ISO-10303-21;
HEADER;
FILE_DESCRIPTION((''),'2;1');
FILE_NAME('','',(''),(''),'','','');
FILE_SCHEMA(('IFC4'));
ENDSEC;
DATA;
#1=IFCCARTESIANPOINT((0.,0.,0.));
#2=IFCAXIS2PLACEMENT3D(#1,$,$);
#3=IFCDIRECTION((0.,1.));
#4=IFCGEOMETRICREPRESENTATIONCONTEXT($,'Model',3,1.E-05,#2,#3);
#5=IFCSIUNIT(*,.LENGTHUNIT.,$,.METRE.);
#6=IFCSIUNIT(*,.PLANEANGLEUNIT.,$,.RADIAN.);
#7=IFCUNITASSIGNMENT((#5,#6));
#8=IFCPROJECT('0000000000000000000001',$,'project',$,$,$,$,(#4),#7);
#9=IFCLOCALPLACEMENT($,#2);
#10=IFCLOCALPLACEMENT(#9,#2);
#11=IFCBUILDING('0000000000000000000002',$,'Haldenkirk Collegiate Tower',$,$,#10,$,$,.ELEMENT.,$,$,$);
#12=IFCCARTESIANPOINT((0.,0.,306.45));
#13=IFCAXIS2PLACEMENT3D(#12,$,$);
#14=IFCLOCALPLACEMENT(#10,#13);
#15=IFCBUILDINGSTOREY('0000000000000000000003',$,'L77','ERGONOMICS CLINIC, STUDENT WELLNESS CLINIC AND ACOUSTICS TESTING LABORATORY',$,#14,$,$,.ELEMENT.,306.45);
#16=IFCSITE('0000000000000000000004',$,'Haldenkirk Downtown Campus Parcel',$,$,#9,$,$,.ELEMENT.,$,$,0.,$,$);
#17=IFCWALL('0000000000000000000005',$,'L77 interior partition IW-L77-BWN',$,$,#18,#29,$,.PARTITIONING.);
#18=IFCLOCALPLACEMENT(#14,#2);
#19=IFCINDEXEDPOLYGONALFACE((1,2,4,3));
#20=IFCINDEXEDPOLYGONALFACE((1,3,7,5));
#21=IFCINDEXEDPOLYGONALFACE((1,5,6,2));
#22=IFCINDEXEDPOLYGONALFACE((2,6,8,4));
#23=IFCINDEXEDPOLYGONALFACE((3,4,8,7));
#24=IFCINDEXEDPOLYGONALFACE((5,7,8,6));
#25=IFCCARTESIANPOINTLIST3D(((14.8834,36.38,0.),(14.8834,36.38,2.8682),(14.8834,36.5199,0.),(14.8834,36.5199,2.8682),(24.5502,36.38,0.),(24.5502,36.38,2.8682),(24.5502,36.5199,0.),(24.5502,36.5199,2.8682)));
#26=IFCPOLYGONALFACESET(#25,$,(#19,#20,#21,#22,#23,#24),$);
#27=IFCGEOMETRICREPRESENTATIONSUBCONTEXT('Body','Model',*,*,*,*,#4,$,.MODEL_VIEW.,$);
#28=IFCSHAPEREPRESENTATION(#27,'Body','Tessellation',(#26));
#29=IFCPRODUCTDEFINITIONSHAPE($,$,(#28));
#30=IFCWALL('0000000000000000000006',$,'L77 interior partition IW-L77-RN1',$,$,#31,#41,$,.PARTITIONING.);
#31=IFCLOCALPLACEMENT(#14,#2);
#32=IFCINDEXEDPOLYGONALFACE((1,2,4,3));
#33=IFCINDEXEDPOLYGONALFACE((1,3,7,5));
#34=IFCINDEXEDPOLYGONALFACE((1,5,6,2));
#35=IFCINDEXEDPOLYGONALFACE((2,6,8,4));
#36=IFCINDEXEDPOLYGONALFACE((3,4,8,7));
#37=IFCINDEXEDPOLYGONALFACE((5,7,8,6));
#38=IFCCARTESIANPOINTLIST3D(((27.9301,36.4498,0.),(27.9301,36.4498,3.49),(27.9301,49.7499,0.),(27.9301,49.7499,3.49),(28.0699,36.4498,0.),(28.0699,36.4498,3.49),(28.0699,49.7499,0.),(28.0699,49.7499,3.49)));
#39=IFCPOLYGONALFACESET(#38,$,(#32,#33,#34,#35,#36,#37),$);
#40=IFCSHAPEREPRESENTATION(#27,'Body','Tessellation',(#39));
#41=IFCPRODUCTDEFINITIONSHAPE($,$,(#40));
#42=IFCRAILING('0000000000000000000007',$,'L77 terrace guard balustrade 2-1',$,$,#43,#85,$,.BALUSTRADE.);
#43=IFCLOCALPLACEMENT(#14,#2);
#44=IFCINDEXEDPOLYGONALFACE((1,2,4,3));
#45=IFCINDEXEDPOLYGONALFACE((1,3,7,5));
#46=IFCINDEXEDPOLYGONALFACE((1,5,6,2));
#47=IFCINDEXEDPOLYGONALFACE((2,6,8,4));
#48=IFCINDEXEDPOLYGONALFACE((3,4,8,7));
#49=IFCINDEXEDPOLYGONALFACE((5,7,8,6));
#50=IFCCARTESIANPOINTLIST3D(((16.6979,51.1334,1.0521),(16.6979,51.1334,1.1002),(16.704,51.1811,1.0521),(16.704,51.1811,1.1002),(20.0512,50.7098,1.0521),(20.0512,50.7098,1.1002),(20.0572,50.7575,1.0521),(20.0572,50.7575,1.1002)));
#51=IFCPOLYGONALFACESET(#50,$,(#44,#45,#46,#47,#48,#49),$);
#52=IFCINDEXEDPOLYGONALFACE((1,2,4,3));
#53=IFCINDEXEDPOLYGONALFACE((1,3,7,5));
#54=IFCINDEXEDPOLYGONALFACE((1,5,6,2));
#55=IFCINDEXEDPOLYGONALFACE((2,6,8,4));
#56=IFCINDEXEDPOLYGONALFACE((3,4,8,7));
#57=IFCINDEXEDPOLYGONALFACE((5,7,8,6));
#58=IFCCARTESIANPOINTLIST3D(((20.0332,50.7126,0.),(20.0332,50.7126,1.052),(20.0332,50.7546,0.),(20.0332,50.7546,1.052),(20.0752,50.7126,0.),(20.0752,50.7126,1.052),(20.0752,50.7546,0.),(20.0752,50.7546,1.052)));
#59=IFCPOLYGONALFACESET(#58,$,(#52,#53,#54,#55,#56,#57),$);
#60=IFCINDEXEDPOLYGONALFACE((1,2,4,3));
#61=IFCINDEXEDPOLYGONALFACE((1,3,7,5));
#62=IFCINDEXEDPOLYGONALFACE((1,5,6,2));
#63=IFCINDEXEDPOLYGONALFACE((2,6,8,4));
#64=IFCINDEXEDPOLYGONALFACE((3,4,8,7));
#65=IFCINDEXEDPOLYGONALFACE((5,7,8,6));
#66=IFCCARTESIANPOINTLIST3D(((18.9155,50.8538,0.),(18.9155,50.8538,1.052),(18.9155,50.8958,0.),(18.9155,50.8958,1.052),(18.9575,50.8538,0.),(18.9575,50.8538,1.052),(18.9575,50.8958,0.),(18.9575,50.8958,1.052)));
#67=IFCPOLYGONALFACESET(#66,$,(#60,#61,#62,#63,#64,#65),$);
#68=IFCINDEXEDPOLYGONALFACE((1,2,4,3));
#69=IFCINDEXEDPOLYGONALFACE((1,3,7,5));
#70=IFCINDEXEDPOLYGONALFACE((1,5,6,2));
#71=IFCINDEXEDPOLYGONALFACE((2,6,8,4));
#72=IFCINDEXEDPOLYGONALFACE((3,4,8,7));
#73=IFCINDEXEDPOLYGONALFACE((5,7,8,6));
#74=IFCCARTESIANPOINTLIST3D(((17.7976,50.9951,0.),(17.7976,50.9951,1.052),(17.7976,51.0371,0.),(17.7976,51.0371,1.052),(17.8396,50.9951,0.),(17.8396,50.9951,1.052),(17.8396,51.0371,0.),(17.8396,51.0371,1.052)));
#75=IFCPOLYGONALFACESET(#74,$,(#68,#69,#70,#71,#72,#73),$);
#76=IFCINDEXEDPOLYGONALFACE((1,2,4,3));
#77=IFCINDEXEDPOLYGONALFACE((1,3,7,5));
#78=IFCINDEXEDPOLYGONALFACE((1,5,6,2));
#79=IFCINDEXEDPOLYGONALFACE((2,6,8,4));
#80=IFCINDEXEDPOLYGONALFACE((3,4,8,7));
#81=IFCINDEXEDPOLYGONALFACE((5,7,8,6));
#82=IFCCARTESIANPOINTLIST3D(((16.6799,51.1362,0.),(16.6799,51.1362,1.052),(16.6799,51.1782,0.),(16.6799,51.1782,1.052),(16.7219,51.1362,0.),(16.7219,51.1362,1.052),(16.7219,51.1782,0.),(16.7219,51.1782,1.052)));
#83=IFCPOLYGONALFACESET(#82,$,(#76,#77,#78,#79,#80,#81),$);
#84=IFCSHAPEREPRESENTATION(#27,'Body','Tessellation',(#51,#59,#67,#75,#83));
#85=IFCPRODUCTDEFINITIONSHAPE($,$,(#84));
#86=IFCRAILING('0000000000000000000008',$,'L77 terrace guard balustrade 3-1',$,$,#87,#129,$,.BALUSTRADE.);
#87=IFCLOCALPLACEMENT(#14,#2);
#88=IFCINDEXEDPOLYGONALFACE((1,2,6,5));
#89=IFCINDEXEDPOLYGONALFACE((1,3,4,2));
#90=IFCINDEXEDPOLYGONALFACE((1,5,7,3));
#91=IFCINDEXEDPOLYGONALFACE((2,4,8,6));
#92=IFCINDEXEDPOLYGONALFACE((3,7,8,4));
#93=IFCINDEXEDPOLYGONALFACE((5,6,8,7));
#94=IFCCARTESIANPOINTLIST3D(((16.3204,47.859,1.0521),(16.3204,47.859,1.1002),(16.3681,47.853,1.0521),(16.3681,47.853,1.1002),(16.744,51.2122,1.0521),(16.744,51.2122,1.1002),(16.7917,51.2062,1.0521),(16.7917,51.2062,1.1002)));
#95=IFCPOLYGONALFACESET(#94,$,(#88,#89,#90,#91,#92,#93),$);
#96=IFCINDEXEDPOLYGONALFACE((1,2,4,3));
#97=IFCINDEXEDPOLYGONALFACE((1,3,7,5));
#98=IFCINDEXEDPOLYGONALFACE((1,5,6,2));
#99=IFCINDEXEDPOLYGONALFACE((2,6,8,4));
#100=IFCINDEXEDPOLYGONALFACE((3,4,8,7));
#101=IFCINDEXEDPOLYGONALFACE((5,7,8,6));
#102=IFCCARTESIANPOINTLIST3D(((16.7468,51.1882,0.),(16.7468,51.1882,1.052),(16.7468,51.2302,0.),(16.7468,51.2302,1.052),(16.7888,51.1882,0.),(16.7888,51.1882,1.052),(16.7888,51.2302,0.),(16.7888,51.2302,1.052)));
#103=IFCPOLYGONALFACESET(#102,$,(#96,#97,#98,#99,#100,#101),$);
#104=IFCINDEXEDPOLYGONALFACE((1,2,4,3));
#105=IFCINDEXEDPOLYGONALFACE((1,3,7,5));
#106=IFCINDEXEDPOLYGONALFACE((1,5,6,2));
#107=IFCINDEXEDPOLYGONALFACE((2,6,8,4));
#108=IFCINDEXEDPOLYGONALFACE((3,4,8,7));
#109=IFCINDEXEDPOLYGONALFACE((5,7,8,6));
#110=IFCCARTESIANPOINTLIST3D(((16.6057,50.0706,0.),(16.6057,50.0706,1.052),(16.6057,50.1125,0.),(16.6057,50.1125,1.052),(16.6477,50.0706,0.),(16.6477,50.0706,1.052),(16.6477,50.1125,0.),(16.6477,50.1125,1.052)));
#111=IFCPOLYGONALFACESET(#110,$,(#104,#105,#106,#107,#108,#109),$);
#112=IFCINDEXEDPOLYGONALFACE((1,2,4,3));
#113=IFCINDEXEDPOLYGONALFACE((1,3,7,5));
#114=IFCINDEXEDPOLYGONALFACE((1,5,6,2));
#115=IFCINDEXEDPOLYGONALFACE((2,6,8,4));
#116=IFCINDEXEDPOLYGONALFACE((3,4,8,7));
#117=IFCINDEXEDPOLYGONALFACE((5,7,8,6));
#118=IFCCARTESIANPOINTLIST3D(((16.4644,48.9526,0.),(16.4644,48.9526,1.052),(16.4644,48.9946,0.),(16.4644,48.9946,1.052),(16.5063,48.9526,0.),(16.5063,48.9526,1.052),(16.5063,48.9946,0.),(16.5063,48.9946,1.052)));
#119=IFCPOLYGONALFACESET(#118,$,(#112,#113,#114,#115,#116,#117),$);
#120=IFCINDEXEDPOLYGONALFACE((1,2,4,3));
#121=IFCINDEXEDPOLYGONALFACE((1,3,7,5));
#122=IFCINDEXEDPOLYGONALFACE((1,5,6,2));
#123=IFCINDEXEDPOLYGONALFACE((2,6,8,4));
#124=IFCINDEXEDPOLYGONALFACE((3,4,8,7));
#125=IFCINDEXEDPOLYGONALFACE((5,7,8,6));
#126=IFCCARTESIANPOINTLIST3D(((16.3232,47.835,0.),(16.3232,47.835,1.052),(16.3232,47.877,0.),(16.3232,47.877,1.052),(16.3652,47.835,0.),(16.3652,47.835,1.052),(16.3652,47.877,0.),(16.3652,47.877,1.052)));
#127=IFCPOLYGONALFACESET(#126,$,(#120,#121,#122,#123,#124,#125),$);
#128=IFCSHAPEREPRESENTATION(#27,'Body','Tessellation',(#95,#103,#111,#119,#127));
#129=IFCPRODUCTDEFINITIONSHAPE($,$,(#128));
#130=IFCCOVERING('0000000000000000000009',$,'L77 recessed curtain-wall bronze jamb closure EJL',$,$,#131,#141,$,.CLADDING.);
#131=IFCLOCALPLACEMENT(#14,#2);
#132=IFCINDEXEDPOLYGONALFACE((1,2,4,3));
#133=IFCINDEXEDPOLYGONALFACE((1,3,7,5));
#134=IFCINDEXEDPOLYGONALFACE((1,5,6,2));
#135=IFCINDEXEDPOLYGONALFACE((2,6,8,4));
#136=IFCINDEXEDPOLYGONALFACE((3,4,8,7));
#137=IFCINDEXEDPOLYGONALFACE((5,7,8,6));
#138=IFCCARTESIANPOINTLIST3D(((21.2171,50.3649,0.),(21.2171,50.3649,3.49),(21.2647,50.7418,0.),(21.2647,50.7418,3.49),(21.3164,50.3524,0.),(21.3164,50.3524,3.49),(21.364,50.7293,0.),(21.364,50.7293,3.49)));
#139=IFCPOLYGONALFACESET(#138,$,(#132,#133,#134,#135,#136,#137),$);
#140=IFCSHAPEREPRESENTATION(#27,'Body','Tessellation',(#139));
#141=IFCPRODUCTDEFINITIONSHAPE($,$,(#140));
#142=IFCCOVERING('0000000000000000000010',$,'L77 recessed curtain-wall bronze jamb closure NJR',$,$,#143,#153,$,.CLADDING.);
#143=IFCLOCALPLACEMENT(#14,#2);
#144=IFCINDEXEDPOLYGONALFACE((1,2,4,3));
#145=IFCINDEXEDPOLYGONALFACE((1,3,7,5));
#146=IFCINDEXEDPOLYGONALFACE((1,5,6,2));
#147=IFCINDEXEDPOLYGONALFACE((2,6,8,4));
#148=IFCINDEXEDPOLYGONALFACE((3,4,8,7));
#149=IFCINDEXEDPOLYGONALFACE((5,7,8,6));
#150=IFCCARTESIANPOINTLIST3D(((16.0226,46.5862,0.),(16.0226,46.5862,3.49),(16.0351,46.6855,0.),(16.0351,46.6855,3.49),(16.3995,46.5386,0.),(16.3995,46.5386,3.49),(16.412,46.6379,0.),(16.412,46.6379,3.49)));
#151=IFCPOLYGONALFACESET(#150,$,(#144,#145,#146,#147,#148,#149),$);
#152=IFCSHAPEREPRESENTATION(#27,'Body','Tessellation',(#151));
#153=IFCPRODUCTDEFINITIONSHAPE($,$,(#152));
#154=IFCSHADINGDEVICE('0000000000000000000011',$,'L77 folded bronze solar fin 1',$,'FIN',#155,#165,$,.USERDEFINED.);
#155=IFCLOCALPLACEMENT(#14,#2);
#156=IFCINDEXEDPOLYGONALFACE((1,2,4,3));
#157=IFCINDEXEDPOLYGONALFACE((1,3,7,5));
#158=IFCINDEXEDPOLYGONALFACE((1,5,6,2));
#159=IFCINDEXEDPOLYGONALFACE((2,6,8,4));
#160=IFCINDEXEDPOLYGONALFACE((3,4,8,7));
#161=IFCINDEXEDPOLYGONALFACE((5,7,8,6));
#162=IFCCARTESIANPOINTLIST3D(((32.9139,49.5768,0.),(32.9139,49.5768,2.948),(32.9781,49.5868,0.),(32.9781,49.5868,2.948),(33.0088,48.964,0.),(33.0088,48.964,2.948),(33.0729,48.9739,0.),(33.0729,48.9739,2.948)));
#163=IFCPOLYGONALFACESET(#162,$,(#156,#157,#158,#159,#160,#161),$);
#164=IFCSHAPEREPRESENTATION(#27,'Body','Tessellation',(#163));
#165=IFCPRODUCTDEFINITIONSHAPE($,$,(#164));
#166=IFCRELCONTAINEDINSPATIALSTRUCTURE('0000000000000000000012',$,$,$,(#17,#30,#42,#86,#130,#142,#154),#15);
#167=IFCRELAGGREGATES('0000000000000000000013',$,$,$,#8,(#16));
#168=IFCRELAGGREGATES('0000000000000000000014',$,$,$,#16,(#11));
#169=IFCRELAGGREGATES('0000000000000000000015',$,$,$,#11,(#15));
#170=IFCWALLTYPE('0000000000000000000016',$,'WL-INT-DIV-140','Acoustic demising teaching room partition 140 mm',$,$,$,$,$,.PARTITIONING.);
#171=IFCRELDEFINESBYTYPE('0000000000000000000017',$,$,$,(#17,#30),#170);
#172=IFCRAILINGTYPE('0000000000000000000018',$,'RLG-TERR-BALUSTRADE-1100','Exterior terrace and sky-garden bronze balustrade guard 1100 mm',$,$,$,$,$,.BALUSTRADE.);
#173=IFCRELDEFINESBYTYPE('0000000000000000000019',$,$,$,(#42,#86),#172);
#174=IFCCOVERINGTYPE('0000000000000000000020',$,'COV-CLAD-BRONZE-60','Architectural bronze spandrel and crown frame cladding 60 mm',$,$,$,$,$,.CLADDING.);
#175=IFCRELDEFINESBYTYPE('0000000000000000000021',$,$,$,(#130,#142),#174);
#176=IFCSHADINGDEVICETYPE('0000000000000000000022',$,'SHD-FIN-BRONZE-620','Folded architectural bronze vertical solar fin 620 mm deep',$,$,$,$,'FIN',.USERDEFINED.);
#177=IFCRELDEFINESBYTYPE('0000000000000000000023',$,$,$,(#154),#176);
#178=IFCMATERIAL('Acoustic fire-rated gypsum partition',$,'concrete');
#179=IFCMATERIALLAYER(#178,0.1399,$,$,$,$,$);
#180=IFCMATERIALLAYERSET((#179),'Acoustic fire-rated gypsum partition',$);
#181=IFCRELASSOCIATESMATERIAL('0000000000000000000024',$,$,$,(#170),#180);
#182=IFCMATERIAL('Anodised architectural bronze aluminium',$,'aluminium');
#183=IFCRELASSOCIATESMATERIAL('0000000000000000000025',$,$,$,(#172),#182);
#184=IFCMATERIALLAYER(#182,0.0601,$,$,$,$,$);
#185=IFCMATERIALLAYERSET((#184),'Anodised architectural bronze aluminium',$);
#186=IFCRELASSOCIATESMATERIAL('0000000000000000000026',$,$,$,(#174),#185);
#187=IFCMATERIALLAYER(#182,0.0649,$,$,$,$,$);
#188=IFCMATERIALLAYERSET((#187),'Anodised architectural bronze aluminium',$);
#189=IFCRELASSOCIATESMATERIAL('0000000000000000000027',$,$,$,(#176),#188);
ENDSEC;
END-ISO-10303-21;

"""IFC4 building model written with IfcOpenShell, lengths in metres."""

from ifc_helpers import new_model, si_unit, direction, frame, frame_2d, origin, origin_2d, place, context, subcontext, project, spatial, rectangle, extrude, source, transform, mapped, material, layer, layer_set, type_object, element, save


model = new_model("IFC4")

# Units and contexts
model_context = context("Model", 3, precision=1e-05, world=origin(), true_north=direction((0.0, 1.0)))
body_context = subcontext(model_context, "Body", "Model", "MODEL_VIEW")
ifc_project = project(units=[si_unit("LENGTHUNIT", "METRE"), si_unit("PLANEANGLEUNIT", "RADIAN")], contexts=[model_context])

# Site, building, storey
site_placement = place(None, origin())
site = spatial("IfcSite", under=ifc_project, at=site_placement, Name="Haldenkirk Downtown Campus Parcel", CompositionType="ELEMENT", RefElevation=0.0)
building_placement = place(site_placement, origin())
building = spatial("IfcBuilding", under=site, at=building_placement, Name="Haldenkirk Collegiate Tower", CompositionType="ELEMENT")
storey_placement = place(building_placement, frame((0.0, 0.0, 306.45)))
storey = spatial("IfcBuildingStorey", under=building, at=storey_placement, Name="L77", Description="ERGONOMICS CLINIC, STUDENT WELLNESS CLINIC AND ACOUSTICS TESTING LABORATORY", CompositionType="ELEMENT", Elevation=306.45)

# Shared definitions
ifc_material_1 = material(Name="Anodised architectural bronze aluminium", Category="aluminium")

# Shared definitions
ifc_material_2 = material(Name="Acoustic fire-rated gypsum partition", Category="concrete")

# Walls
ifc_layer_1 = layer(ifc_material_2, 0.1399)
ifc_layer_set_1 = layer_set([ifc_layer_1], Name="Acoustic fire-rated gypsum partition")
wall_type_1 = type_object("IfcWallType", Name="WL-INT-DIV-140", Description="Acoustic demising teaching room partition 140 mm", PredefinedType="PARTITIONING", material=ifc_layer_set_1)
wall_1_placement = place(storey_placement, frame((14.8833, 36.45, 0.0), z_axis=(0.0, 0.0, 1.0), x_axis=(1.0, 0.0, 0.0)))
element("IfcWall", 1, at=wall_1_placement, inside=storey, type_object=wall_type_1, Name="L77 interior partition IW-L77-BWN", PredefinedType="PARTITIONING", context=body_context, shape_type="SweptSolid", body=[
    extrude(rectangle(XDim=9.6667, YDim=0.1399, at=frame_2d((4.8335, 0.0))), origin(), (0.0, 0.0, 1.0), 2.8682),
])
wall_2_placement = place(storey_placement, frame((28.0, 36.45, 0.0), z_axis=(0.0, 0.0, 1.0), x_axis=(0.0, 1.0, 0.0)))
element("IfcWall", 2, at=wall_2_placement, inside=storey, type_object=wall_type_1, Name="L77 interior partition IW-L77-RN1", PredefinedType="PARTITIONING", context=body_context, shape_type="SweptSolid", body=[
    extrude(rectangle(XDim=13.3, YDim=0.1399, at=frame_2d((6.6499, 0.0))), origin(), (0.0, 0.0, 1.0), 3.49),
])

# Railings
railing_type = type_object("IfcRailingType", Name="RLG-TERR-BALUSTRADE-1100", Description="Exterior terrace and sky-garden bronze balustrade guard 1100 mm", PredefinedType="BALUSTRADE", material=ifc_material_1)
railing_1_placement = place(storey_placement, frame((20.0542, 50.7336, 0.0)))
element("IfcRailing", 3, at=railing_1_placement, inside=storey, type_object=railing_type, Name="L77 terrace guard balustrade 2-1", PredefinedType="BALUSTRADE", context=body_context, shape_type="SweptSolid", body=[
    extrude(rectangle(XDim=0.0481, YDim=0.0481, at=origin_2d()), frame((0.0, 0.0, 1.0762), z_axis=(-0.992116, 0.125324, 0.0), x_axis=(-0.125324, -0.992116, 0.0)), (0.0, 0.0, 1.0), 3.3799),
    extrude(rectangle(XDim=0.042, YDim=0.042, at=origin_2d()), origin(), (0.0, 0.0, 1.0), 1.052),
    extrude(rectangle(XDim=0.042, YDim=0.042, at=origin_2d()), frame((-1.1177, 0.1411, 0.0)), (0.0, 0.0, 1.0), 1.052),
    extrude(rectangle(XDim=0.042, YDim=0.042, at=origin_2d()), frame((-2.2356, 0.2825, 0.0)), (0.0, 0.0, 1.0), 1.052),
    extrude(rectangle(XDim=0.042, YDim=0.042, at=origin_2d()), frame((-3.3533, 0.4236, 0.0)), (0.0, 0.0, 1.0), 1.052),
])
railing_2_placement = place(storey_placement, frame((16.7678, 51.2092, 0.0)))
element("IfcRailing", 4, at=railing_2_placement, inside=storey, type_object=railing_type, Name="L77 terrace guard balustrade 3-1", PredefinedType="BALUSTRADE", context=body_context, shape_type="SweptSolid", body=[
    extrude(rectangle(XDim=0.0481, YDim=0.0481, at=origin_2d()), frame((0.0, 0.0, 1.0762), z_axis=(-0.125324, -0.992116, 0.0), x_axis=(0.992116, -0.125324, 0.0)), (0.0, 0.0, 1.0), 3.3799),
    extrude(rectangle(XDim=0.042, YDim=0.042, at=origin_2d()), origin(), (0.0, 0.0, 1.0), 1.052),
    extrude(rectangle(XDim=0.042, YDim=0.042, at=origin_2d()), frame((-0.1411, -1.1177, 0.0)), (0.0, 0.0, 1.0), 1.052),
    extrude(rectangle(XDim=0.042, YDim=0.042, at=origin_2d()), frame((-0.2825, -2.2356, 0.0)), (0.0, 0.0, 1.0), 1.052),
    extrude(rectangle(XDim=0.042, YDim=0.042, at=origin_2d()), frame((-0.4236, -3.3533, 0.0)), (0.0, 0.0, 1.0), 1.052),
])

# Coverings
ifc_layer_2 = layer(ifc_material_1, 0.0601)
ifc_layer_set_2 = layer_set([ifc_layer_2], Name="Anodised architectural bronze aluminium")
covering_type = type_object("IfcCoveringType", Name="COV-CLAD-BRONZE-60", Description="Architectural bronze spandrel and crown frame cladding 60 mm", PredefinedType="CLADDING", material=ifc_layer_set_2)
shared_shape_1 = source(origin(), body_context, "Body", "SweptSolid", [
    extrude(rectangle(XDim=0.1001, YDim=0.3799, at=origin_2d()), origin(), (0.0, 0.0, 1.0), 3.49),
])
for number, where, z_axis, x_axis, name in (
    (5, (21.2905, 50.5471, 0.0), (0.0, 0.0, 1.0), (0.992115, -0.125333, 0.0), "L77 recessed curtain-wall bronze jamb closure EJL"),
    (6, (16.2173, 46.6121, 0.0), (0.0, 0.0, 1.0), (0.125333, 0.992115, 0.0), "L77 recessed curtain-wall bronze jamb closure NJR"),
):
    element("IfcCovering", number, at=place(storey_placement, frame(where, z_axis=z_axis, x_axis=x_axis)), inside=storey, type_object=covering_type, Name=name, PredefinedType="CLADDING", context=body_context, shape_type="MappedRepresentation", body=[
        mapped(shared_shape_1, transform((0.0, 0.0, 0.0), x_axis=(1.0, 0.0, 0.0), y_axis=(0.0, 1.0, 0.0), z_axis=(0.0, 0.0, 1.0), scale=1.0)),
    ])

# Shading device
ifc_layer_3 = layer(ifc_material_1, 0.0649)
ifc_layer_set_3 = layer_set([ifc_layer_3], Name="Anodised architectural bronze aluminium")
shading_device_type = type_object("IfcShadingDeviceType", Name="SHD-FIN-BRONZE-620", Description="Folded architectural bronze vertical solar fin 620 mm deep", ElementType="FIN", PredefinedType="USERDEFINED", material=ifc_layer_set_3)
shared_shape_2 = source(origin(), body_context, "Body", "SweptSolid", [
    extrude(rectangle(XDim=0.6201, YDim=0.0649, at=origin_2d()), origin(), (0.0, 0.0, 1.0), 2.948),
])
shading_device_placement = place(storey_placement, frame((32.9934, 49.2754, 0.0), z_axis=(0.0, 0.0, 1.0), x_axis=(-0.152986, 0.988228, 0.0)))
element("IfcShadingDevice", 7, at=shading_device_placement, inside=storey, type_object=shading_device_type, Name="L77 folded bronze solar fin 1", ObjectType="FIN", PredefinedType="USERDEFINED", context=body_context, shape_type="MappedRepresentation", body=[
    mapped(shared_shape_2, transform((0.0, 0.0, 0.0), x_axis=(1.0, 0.0, 0.0), y_axis=(0.0, 1.0, 0.0), z_axis=(0.0, 0.0, 1.0), scale=1.0)),
])

save(model, "model.ifc")
